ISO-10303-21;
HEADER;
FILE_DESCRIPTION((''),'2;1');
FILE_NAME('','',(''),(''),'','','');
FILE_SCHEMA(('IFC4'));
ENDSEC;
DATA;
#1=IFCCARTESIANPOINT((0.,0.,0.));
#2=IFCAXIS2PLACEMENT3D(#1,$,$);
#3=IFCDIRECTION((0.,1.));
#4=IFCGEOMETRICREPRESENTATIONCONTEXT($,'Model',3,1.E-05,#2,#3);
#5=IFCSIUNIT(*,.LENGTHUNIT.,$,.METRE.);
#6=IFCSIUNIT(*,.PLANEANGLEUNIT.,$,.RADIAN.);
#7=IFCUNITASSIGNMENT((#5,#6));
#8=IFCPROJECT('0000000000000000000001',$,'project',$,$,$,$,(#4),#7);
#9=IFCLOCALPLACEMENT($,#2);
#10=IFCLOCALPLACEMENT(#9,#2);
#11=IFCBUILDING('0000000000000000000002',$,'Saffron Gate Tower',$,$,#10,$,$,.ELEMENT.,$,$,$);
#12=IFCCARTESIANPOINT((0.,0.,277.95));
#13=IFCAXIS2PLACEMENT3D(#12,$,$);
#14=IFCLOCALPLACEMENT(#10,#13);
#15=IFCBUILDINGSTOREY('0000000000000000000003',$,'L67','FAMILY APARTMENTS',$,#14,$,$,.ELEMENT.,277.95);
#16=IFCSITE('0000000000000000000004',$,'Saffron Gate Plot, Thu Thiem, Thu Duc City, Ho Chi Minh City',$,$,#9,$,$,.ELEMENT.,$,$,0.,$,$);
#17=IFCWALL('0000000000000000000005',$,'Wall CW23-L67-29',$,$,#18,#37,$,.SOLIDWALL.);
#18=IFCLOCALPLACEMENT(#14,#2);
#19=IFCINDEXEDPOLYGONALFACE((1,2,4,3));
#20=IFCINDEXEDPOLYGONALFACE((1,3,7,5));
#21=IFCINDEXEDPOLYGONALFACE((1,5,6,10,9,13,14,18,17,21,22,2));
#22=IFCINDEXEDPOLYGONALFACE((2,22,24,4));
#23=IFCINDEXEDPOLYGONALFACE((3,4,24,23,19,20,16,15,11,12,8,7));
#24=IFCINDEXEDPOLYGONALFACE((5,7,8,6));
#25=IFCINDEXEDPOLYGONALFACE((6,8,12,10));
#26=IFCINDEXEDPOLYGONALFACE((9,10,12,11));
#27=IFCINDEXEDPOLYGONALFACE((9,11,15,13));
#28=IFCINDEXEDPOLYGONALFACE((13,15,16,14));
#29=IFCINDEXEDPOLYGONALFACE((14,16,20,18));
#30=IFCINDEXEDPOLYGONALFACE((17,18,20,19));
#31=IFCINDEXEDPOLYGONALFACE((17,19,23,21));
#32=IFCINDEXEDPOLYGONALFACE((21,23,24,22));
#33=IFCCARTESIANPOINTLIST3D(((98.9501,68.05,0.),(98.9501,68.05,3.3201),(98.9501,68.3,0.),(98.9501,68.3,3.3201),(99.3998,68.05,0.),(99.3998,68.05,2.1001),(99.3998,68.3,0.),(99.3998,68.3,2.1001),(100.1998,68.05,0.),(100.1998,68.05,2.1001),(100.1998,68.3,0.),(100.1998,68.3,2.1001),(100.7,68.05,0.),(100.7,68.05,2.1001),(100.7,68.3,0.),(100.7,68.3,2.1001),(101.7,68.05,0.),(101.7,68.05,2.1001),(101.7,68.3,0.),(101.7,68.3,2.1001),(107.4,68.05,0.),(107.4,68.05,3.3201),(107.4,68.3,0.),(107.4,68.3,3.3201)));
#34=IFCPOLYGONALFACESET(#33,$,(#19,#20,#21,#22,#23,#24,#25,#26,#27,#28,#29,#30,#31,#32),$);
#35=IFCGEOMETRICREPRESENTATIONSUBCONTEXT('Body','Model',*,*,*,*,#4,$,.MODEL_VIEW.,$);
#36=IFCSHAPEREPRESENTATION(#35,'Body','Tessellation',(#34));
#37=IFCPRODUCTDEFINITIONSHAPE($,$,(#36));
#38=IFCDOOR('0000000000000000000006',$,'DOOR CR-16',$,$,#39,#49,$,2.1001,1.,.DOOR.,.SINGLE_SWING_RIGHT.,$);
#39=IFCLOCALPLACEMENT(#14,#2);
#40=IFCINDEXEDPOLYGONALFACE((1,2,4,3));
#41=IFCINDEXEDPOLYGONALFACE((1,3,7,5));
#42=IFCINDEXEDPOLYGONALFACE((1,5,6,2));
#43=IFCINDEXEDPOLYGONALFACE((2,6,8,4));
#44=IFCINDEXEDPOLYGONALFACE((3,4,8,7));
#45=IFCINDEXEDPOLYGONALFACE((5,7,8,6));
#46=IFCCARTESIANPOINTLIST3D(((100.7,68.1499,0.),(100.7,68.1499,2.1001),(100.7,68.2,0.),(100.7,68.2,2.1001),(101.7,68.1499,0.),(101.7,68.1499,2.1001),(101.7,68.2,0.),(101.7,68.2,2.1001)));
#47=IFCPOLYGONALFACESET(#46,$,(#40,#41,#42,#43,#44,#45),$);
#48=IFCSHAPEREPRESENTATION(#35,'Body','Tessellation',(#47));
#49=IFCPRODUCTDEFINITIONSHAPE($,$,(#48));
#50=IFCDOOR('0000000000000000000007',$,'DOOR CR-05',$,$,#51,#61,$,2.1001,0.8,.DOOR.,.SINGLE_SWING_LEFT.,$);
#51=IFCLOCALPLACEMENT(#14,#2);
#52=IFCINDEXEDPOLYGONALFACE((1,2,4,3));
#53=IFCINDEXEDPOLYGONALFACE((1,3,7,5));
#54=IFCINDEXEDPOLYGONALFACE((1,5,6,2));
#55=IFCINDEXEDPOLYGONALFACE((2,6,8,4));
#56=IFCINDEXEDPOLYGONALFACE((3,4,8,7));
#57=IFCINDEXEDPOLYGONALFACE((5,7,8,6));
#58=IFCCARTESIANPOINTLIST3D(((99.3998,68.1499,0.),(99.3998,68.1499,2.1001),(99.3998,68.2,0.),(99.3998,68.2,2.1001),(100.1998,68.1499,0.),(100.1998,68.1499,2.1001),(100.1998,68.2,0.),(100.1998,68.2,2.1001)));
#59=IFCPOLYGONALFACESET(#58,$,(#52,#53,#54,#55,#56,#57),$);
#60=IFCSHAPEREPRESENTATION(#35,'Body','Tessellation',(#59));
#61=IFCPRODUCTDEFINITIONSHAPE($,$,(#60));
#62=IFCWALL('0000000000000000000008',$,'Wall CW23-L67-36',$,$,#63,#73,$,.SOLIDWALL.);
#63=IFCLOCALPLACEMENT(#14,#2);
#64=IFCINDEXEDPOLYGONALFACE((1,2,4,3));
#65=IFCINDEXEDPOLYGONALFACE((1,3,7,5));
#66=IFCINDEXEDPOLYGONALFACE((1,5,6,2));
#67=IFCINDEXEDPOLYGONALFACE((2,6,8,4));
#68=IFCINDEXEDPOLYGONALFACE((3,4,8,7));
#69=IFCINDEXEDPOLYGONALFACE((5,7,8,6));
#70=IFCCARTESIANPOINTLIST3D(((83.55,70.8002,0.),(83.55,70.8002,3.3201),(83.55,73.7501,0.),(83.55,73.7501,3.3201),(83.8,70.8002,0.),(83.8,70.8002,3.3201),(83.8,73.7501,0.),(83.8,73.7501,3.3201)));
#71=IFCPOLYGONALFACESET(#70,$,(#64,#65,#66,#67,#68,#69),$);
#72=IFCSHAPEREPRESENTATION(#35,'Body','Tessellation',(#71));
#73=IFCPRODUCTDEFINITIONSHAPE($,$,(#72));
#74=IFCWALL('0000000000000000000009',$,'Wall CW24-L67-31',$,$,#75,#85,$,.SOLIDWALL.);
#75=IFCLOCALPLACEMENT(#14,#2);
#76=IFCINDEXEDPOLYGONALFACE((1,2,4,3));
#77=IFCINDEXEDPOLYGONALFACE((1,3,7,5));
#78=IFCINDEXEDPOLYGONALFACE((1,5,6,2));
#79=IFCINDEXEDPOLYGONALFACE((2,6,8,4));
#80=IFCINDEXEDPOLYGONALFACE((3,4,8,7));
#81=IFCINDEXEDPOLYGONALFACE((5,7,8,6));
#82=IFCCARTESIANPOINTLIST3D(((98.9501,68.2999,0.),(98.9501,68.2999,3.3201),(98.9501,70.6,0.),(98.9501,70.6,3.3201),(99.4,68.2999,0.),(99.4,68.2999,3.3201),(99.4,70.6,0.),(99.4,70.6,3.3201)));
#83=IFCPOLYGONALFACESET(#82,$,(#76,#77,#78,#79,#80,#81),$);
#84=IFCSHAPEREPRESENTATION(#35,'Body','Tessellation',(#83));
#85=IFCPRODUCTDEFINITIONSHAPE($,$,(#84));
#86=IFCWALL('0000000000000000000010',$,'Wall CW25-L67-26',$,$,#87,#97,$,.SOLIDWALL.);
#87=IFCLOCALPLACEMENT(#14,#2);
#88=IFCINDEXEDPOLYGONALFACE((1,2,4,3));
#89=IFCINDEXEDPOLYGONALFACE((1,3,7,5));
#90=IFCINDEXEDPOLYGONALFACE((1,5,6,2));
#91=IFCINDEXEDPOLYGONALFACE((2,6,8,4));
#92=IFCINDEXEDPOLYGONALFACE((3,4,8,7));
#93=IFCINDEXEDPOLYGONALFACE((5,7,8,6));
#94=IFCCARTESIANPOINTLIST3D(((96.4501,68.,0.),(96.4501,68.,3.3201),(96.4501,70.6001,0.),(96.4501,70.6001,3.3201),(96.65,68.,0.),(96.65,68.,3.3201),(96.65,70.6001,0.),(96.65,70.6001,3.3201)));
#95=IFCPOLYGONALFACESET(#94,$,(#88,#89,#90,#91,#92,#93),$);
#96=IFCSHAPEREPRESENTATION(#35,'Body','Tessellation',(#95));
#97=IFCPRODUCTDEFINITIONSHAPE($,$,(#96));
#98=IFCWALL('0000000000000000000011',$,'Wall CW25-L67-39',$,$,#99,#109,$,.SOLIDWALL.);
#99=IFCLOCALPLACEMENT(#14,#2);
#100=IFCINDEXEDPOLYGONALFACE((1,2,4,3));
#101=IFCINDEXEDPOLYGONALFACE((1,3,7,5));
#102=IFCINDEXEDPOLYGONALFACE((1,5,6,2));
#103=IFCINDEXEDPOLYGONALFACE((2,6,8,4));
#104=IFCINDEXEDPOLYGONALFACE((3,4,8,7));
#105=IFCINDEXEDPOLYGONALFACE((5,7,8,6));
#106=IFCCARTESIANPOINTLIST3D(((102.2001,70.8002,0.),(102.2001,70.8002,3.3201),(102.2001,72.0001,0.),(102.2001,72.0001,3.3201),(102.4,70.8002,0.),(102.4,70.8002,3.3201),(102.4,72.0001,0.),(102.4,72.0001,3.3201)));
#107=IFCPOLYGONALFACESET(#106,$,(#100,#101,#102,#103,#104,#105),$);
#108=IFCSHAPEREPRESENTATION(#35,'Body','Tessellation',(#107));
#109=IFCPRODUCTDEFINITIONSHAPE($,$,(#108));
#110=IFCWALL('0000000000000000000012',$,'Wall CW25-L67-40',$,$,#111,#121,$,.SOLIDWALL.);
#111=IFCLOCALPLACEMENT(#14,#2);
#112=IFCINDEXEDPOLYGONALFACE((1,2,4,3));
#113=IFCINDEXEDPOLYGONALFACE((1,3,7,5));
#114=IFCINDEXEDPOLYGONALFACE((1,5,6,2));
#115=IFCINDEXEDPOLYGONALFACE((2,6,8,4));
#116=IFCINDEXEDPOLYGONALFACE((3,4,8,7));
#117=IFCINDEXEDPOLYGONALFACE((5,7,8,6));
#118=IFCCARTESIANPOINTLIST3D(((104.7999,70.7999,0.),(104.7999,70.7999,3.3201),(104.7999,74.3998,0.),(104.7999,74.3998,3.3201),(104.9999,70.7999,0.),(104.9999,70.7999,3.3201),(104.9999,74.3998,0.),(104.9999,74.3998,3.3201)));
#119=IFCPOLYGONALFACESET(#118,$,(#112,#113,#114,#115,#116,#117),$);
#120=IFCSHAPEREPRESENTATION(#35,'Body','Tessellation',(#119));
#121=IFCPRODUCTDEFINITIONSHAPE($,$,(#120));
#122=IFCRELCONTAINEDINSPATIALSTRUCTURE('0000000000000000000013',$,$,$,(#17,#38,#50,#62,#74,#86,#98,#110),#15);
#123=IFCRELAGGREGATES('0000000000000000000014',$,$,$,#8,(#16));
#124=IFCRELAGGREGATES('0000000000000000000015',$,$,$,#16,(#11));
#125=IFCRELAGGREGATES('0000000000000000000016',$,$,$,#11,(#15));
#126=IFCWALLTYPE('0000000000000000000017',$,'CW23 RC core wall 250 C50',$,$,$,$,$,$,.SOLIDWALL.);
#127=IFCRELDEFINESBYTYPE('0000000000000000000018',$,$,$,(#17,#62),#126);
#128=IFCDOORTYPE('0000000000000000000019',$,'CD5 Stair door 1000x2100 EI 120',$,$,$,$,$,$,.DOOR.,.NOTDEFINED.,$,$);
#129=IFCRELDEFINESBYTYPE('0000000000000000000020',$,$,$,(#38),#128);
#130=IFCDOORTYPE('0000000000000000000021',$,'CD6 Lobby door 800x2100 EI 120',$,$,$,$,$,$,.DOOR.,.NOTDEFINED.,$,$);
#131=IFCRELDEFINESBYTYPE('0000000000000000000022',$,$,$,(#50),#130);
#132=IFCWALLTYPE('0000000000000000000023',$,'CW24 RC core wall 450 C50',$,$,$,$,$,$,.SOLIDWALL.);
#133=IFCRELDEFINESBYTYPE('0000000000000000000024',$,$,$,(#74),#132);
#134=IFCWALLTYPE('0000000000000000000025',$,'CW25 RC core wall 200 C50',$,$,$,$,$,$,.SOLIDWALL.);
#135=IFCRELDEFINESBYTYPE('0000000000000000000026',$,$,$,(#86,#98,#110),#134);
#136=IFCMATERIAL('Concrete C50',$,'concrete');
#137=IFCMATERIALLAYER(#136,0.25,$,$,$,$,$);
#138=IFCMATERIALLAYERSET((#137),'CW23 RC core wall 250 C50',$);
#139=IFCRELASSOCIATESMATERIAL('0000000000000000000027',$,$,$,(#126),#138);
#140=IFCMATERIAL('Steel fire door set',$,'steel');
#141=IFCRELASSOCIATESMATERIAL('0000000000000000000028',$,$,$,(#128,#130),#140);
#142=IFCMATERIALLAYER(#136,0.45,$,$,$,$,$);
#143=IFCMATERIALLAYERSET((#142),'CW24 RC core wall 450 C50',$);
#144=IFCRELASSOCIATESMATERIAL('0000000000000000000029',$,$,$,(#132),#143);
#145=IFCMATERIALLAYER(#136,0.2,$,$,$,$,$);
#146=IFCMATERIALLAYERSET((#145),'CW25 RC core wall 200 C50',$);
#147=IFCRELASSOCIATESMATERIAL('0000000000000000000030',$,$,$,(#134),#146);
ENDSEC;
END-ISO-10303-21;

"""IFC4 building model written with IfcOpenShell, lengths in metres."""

from ifc_helpers import new_model, si_unit, direction, frame, frame_2d, origin, place, context, subcontext, project, spatial, rectangle, extrude, material, layer, layer_set, type_object, element, fill, save


model = new_model("IFC4")

# Units and contexts
model_context = context("Model", 3, precision=1e-05, world=origin(), true_north=direction((0.0, 1.0)))
body_context = subcontext(model_context, "Body", "Model", "MODEL_VIEW")
ifc_project = project(units=[si_unit("LENGTHUNIT", "METRE"), si_unit("PLANEANGLEUNIT", "RADIAN")], contexts=[model_context])

# Site, building, storey
site_placement = place(None, origin())
site = spatial("IfcSite", under=ifc_project, at=site_placement, Name="Saffron Gate Plot, Thu Thiem, Thu Duc City, Ho Chi Minh City", CompositionType="ELEMENT", RefElevation=0.0)
building_placement = place(site_placement, origin())
building = spatial("IfcBuilding", under=site, at=building_placement, Name="Saffron Gate Tower", CompositionType="ELEMENT")
storey_placement = place(building_placement, frame((0.0, 0.0, 277.95)))
storey = spatial("IfcBuildingStorey", under=building, at=storey_placement, Name="L67", Description="FAMILY APARTMENTS", CompositionType="ELEMENT", Elevation=277.95)

# Wall, openings, doors
ifc_material_1 = material(Name="Concrete C50", Category="concrete")
ifc_layer_1 = layer(ifc_material_1, 0.25)
ifc_layer_set_1 = layer_set([ifc_layer_1], Name="CW23 RC core wall 250 C50")
wall_type_1 = type_object("IfcWallType", Name="CW23 RC core wall 250 C50", PredefinedType="SOLIDWALL", material=ifc_layer_set_1)
wall_1_placement = place(storey_placement, frame((98.95, 68.175, 0.0), z_axis=(0.0, 0.0, 1.0), x_axis=(1.0, 0.0, 0.0)))
wall_1 = element("IfcWall", 1, at=wall_1_placement, inside=storey, type_object=wall_type_1, Name="Wall CW23-L67-29", PredefinedType="SOLIDWALL", context=body_context, shape_type="SweptSolid", body=[
    extrude(rectangle(XDim=8.45, YDim=0.25, at=frame_2d((4.2251, 0.0))), origin(), (0.0, 0.0, 1.0), 3.3201),
])
opening_1_placement = place(wall_1_placement, frame((0.45, 0.0, 0.0)))
opening_1 = element("IfcOpeningElement", 2, at=opening_1_placement, cuts=wall_1, PredefinedType="OPENING", context=body_context, shape_type="SweptSolid", body=[
    extrude(rectangle(XDim=0.8, YDim=2.1001, at=frame_2d((0.3999, 1.05))), frame((0.0, 0.135, 0.0), z_axis=(0.0, -1.0, 0.0), x_axis=(1.0, 0.0, 0.0)), (0.0, 0.0, 1.0), 0.27),
])
opening_2_placement = place(wall_1_placement, frame((1.75, 0.0, 0.0)))
opening_2 = element("IfcOpeningElement", 3, at=opening_2_placement, cuts=wall_1, PredefinedType="OPENING", context=body_context, shape_type="SweptSolid", body=[
    extrude(rectangle(XDim=1.0, YDim=2.1001, at=frame_2d((0.5, 1.05))), frame((0.0, 0.135, 0.0), z_axis=(0.0, -1.0, 0.0), x_axis=(1.0, 0.0, 0.0)), (0.0, 0.0, 1.0), 0.27),
])
ifc_material_2 = material(Name="Steel fire door set", Category="steel")
door_type_1 = type_object("IfcDoorType", Name="CD5 Stair door 1000x2100 EI 120", OperationType="NOTDEFINED", PredefinedType="DOOR", material=ifc_material_2)
door_1_placement = place(opening_2_placement, origin())
door_1 = element("IfcDoor", 4, at=door_1_placement, inside=storey, type_object=door_type_1, Name="DOOR CR-16", OperationType="SINGLE_SWING_RIGHT", OverallHeight=2.1001, OverallWidth=1.0, PredefinedType="DOOR", context=body_context, shape_type="SweptSolid", body=[
    extrude(rectangle(XDim=1.0, YDim=2.1001, at=frame_2d((0.5, 1.05))), frame((0.0, 0.0249, 0.0), z_axis=(0.0, -1.0, 0.0), x_axis=(1.0, 0.0, 0.0)), (0.0, 0.0, 1.0), 0.05),
])
fill(opening_2, door_1)
door_type_2 = type_object("IfcDoorType", Name="CD6 Lobby door 800x2100 EI 120", OperationType="NOTDEFINED", PredefinedType="DOOR", material=ifc_material_2)
door_2_placement = place(opening_1_placement, origin())
door_2 = element("IfcDoor", 5, at=door_2_placement, inside=storey, type_object=door_type_2, Name="DOOR CR-05", OperationType="SINGLE_SWING_LEFT", OverallHeight=2.1001, OverallWidth=0.8, PredefinedType="DOOR", context=body_context, shape_type="SweptSolid", body=[
    extrude(rectangle(XDim=0.8, YDim=2.1001, at=frame_2d((0.3999, 1.05))), frame((0.0, 0.0249, 0.0), z_axis=(0.0, -1.0, 0.0), x_axis=(1.0, 0.0, 0.0)), (0.0, 0.0, 1.0), 0.05),
])
fill(opening_1, door_2)

# Walls
wall_2_placement = place(storey_placement, frame((83.675, 70.8, 0.0), z_axis=(0.0, 0.0, 1.0), x_axis=(0.0, 1.0, 0.0)))
element("IfcWall", 6, at=wall_2_placement, inside=storey, type_object=wall_type_1, Name="Wall CW23-L67-36", PredefinedType="SOLIDWALL", context=body_context, shape_type="SweptSolid", body=[
    extrude(rectangle(XDim=2.95, YDim=0.25, at=frame_2d((1.4751, 0.0))), origin(), (0.0, 0.0, 1.0), 3.3201),
])
ifc_layer_2 = layer(ifc_material_1, 0.45)
ifc_layer_set_2 = layer_set([ifc_layer_2], Name="CW24 RC core wall 450 C50")
wall_type_2 = type_object("IfcWallType", Name="CW24 RC core wall 450 C50", PredefinedType="SOLIDWALL", material=ifc_layer_set_2)
wall_3_placement = place(storey_placement, frame((99.175, 68.3, 0.0), z_axis=(0.0, 0.0, 1.0), x_axis=(0.0, 1.0, 0.0)))
element("IfcWall", 7, at=wall_3_placement, inside=storey, type_object=wall_type_2, Name="Wall CW24-L67-31", PredefinedType="SOLIDWALL", context=body_context, shape_type="SweptSolid", body=[
    extrude(rectangle(XDim=2.3, YDim=0.45, at=frame_2d((1.1499, 0.0))), origin(), (0.0, 0.0, 1.0), 3.3201),
])
ifc_layer_3 = layer(ifc_material_1, 0.2)
ifc_layer_set_3 = layer_set([ifc_layer_3], Name="CW25 RC core wall 200 C50")
wall_type_3 = type_object("IfcWallType", Name="CW25 RC core wall 200 C50", PredefinedType="SOLIDWALL", material=ifc_layer_set_3)
wall_4_placement = place(storey_placement, frame((96.55, 68.0, 0.0), z_axis=(0.0, 0.0, 1.0), x_axis=(0.0, 1.0, 0.0)))
element("IfcWall", 8, at=wall_4_placement, inside=storey, type_object=wall_type_3, Name="Wall CW25-L67-26", PredefinedType="SOLIDWALL", context=body_context, shape_type="SweptSolid", body=[
    extrude(rectangle(XDim=2.6001, YDim=0.2, at=frame_2d((1.3, 0.0))), origin(), (0.0, 0.0, 1.0), 3.3201),
])
wall_5_placement = place(storey_placement, frame((102.3, 70.8, 0.0), z_axis=(0.0, 0.0, 1.0), x_axis=(0.0, 1.0, 0.0)))
element("IfcWall", 9, at=wall_5_placement, inside=storey, type_object=wall_type_3, Name="Wall CW25-L67-39", PredefinedType="SOLIDWALL", context=body_context, shape_type="SweptSolid", body=[
    extrude(rectangle(XDim=1.2, YDim=0.2, at=frame_2d((0.6001, 0.0))), origin(), (0.0, 0.0, 1.0), 3.3201),
])
wall_6_placement = place(storey_placement, frame((104.8999, 70.8, 0.0), z_axis=(0.0, 0.0, 1.0), x_axis=(0.0, 1.0, 0.0)))
element("IfcWall", 10, at=wall_6_placement, inside=storey, type_object=wall_type_3, Name="Wall CW25-L67-40", PredefinedType="SOLIDWALL", context=body_context, shape_type="SweptSolid", body=[
    extrude(rectangle(XDim=3.5999, YDim=0.2, at=frame_2d((1.7998, 0.0))), origin(), (0.0, 0.0, 1.0), 3.3201),
])

save(model, "model.ifc")
